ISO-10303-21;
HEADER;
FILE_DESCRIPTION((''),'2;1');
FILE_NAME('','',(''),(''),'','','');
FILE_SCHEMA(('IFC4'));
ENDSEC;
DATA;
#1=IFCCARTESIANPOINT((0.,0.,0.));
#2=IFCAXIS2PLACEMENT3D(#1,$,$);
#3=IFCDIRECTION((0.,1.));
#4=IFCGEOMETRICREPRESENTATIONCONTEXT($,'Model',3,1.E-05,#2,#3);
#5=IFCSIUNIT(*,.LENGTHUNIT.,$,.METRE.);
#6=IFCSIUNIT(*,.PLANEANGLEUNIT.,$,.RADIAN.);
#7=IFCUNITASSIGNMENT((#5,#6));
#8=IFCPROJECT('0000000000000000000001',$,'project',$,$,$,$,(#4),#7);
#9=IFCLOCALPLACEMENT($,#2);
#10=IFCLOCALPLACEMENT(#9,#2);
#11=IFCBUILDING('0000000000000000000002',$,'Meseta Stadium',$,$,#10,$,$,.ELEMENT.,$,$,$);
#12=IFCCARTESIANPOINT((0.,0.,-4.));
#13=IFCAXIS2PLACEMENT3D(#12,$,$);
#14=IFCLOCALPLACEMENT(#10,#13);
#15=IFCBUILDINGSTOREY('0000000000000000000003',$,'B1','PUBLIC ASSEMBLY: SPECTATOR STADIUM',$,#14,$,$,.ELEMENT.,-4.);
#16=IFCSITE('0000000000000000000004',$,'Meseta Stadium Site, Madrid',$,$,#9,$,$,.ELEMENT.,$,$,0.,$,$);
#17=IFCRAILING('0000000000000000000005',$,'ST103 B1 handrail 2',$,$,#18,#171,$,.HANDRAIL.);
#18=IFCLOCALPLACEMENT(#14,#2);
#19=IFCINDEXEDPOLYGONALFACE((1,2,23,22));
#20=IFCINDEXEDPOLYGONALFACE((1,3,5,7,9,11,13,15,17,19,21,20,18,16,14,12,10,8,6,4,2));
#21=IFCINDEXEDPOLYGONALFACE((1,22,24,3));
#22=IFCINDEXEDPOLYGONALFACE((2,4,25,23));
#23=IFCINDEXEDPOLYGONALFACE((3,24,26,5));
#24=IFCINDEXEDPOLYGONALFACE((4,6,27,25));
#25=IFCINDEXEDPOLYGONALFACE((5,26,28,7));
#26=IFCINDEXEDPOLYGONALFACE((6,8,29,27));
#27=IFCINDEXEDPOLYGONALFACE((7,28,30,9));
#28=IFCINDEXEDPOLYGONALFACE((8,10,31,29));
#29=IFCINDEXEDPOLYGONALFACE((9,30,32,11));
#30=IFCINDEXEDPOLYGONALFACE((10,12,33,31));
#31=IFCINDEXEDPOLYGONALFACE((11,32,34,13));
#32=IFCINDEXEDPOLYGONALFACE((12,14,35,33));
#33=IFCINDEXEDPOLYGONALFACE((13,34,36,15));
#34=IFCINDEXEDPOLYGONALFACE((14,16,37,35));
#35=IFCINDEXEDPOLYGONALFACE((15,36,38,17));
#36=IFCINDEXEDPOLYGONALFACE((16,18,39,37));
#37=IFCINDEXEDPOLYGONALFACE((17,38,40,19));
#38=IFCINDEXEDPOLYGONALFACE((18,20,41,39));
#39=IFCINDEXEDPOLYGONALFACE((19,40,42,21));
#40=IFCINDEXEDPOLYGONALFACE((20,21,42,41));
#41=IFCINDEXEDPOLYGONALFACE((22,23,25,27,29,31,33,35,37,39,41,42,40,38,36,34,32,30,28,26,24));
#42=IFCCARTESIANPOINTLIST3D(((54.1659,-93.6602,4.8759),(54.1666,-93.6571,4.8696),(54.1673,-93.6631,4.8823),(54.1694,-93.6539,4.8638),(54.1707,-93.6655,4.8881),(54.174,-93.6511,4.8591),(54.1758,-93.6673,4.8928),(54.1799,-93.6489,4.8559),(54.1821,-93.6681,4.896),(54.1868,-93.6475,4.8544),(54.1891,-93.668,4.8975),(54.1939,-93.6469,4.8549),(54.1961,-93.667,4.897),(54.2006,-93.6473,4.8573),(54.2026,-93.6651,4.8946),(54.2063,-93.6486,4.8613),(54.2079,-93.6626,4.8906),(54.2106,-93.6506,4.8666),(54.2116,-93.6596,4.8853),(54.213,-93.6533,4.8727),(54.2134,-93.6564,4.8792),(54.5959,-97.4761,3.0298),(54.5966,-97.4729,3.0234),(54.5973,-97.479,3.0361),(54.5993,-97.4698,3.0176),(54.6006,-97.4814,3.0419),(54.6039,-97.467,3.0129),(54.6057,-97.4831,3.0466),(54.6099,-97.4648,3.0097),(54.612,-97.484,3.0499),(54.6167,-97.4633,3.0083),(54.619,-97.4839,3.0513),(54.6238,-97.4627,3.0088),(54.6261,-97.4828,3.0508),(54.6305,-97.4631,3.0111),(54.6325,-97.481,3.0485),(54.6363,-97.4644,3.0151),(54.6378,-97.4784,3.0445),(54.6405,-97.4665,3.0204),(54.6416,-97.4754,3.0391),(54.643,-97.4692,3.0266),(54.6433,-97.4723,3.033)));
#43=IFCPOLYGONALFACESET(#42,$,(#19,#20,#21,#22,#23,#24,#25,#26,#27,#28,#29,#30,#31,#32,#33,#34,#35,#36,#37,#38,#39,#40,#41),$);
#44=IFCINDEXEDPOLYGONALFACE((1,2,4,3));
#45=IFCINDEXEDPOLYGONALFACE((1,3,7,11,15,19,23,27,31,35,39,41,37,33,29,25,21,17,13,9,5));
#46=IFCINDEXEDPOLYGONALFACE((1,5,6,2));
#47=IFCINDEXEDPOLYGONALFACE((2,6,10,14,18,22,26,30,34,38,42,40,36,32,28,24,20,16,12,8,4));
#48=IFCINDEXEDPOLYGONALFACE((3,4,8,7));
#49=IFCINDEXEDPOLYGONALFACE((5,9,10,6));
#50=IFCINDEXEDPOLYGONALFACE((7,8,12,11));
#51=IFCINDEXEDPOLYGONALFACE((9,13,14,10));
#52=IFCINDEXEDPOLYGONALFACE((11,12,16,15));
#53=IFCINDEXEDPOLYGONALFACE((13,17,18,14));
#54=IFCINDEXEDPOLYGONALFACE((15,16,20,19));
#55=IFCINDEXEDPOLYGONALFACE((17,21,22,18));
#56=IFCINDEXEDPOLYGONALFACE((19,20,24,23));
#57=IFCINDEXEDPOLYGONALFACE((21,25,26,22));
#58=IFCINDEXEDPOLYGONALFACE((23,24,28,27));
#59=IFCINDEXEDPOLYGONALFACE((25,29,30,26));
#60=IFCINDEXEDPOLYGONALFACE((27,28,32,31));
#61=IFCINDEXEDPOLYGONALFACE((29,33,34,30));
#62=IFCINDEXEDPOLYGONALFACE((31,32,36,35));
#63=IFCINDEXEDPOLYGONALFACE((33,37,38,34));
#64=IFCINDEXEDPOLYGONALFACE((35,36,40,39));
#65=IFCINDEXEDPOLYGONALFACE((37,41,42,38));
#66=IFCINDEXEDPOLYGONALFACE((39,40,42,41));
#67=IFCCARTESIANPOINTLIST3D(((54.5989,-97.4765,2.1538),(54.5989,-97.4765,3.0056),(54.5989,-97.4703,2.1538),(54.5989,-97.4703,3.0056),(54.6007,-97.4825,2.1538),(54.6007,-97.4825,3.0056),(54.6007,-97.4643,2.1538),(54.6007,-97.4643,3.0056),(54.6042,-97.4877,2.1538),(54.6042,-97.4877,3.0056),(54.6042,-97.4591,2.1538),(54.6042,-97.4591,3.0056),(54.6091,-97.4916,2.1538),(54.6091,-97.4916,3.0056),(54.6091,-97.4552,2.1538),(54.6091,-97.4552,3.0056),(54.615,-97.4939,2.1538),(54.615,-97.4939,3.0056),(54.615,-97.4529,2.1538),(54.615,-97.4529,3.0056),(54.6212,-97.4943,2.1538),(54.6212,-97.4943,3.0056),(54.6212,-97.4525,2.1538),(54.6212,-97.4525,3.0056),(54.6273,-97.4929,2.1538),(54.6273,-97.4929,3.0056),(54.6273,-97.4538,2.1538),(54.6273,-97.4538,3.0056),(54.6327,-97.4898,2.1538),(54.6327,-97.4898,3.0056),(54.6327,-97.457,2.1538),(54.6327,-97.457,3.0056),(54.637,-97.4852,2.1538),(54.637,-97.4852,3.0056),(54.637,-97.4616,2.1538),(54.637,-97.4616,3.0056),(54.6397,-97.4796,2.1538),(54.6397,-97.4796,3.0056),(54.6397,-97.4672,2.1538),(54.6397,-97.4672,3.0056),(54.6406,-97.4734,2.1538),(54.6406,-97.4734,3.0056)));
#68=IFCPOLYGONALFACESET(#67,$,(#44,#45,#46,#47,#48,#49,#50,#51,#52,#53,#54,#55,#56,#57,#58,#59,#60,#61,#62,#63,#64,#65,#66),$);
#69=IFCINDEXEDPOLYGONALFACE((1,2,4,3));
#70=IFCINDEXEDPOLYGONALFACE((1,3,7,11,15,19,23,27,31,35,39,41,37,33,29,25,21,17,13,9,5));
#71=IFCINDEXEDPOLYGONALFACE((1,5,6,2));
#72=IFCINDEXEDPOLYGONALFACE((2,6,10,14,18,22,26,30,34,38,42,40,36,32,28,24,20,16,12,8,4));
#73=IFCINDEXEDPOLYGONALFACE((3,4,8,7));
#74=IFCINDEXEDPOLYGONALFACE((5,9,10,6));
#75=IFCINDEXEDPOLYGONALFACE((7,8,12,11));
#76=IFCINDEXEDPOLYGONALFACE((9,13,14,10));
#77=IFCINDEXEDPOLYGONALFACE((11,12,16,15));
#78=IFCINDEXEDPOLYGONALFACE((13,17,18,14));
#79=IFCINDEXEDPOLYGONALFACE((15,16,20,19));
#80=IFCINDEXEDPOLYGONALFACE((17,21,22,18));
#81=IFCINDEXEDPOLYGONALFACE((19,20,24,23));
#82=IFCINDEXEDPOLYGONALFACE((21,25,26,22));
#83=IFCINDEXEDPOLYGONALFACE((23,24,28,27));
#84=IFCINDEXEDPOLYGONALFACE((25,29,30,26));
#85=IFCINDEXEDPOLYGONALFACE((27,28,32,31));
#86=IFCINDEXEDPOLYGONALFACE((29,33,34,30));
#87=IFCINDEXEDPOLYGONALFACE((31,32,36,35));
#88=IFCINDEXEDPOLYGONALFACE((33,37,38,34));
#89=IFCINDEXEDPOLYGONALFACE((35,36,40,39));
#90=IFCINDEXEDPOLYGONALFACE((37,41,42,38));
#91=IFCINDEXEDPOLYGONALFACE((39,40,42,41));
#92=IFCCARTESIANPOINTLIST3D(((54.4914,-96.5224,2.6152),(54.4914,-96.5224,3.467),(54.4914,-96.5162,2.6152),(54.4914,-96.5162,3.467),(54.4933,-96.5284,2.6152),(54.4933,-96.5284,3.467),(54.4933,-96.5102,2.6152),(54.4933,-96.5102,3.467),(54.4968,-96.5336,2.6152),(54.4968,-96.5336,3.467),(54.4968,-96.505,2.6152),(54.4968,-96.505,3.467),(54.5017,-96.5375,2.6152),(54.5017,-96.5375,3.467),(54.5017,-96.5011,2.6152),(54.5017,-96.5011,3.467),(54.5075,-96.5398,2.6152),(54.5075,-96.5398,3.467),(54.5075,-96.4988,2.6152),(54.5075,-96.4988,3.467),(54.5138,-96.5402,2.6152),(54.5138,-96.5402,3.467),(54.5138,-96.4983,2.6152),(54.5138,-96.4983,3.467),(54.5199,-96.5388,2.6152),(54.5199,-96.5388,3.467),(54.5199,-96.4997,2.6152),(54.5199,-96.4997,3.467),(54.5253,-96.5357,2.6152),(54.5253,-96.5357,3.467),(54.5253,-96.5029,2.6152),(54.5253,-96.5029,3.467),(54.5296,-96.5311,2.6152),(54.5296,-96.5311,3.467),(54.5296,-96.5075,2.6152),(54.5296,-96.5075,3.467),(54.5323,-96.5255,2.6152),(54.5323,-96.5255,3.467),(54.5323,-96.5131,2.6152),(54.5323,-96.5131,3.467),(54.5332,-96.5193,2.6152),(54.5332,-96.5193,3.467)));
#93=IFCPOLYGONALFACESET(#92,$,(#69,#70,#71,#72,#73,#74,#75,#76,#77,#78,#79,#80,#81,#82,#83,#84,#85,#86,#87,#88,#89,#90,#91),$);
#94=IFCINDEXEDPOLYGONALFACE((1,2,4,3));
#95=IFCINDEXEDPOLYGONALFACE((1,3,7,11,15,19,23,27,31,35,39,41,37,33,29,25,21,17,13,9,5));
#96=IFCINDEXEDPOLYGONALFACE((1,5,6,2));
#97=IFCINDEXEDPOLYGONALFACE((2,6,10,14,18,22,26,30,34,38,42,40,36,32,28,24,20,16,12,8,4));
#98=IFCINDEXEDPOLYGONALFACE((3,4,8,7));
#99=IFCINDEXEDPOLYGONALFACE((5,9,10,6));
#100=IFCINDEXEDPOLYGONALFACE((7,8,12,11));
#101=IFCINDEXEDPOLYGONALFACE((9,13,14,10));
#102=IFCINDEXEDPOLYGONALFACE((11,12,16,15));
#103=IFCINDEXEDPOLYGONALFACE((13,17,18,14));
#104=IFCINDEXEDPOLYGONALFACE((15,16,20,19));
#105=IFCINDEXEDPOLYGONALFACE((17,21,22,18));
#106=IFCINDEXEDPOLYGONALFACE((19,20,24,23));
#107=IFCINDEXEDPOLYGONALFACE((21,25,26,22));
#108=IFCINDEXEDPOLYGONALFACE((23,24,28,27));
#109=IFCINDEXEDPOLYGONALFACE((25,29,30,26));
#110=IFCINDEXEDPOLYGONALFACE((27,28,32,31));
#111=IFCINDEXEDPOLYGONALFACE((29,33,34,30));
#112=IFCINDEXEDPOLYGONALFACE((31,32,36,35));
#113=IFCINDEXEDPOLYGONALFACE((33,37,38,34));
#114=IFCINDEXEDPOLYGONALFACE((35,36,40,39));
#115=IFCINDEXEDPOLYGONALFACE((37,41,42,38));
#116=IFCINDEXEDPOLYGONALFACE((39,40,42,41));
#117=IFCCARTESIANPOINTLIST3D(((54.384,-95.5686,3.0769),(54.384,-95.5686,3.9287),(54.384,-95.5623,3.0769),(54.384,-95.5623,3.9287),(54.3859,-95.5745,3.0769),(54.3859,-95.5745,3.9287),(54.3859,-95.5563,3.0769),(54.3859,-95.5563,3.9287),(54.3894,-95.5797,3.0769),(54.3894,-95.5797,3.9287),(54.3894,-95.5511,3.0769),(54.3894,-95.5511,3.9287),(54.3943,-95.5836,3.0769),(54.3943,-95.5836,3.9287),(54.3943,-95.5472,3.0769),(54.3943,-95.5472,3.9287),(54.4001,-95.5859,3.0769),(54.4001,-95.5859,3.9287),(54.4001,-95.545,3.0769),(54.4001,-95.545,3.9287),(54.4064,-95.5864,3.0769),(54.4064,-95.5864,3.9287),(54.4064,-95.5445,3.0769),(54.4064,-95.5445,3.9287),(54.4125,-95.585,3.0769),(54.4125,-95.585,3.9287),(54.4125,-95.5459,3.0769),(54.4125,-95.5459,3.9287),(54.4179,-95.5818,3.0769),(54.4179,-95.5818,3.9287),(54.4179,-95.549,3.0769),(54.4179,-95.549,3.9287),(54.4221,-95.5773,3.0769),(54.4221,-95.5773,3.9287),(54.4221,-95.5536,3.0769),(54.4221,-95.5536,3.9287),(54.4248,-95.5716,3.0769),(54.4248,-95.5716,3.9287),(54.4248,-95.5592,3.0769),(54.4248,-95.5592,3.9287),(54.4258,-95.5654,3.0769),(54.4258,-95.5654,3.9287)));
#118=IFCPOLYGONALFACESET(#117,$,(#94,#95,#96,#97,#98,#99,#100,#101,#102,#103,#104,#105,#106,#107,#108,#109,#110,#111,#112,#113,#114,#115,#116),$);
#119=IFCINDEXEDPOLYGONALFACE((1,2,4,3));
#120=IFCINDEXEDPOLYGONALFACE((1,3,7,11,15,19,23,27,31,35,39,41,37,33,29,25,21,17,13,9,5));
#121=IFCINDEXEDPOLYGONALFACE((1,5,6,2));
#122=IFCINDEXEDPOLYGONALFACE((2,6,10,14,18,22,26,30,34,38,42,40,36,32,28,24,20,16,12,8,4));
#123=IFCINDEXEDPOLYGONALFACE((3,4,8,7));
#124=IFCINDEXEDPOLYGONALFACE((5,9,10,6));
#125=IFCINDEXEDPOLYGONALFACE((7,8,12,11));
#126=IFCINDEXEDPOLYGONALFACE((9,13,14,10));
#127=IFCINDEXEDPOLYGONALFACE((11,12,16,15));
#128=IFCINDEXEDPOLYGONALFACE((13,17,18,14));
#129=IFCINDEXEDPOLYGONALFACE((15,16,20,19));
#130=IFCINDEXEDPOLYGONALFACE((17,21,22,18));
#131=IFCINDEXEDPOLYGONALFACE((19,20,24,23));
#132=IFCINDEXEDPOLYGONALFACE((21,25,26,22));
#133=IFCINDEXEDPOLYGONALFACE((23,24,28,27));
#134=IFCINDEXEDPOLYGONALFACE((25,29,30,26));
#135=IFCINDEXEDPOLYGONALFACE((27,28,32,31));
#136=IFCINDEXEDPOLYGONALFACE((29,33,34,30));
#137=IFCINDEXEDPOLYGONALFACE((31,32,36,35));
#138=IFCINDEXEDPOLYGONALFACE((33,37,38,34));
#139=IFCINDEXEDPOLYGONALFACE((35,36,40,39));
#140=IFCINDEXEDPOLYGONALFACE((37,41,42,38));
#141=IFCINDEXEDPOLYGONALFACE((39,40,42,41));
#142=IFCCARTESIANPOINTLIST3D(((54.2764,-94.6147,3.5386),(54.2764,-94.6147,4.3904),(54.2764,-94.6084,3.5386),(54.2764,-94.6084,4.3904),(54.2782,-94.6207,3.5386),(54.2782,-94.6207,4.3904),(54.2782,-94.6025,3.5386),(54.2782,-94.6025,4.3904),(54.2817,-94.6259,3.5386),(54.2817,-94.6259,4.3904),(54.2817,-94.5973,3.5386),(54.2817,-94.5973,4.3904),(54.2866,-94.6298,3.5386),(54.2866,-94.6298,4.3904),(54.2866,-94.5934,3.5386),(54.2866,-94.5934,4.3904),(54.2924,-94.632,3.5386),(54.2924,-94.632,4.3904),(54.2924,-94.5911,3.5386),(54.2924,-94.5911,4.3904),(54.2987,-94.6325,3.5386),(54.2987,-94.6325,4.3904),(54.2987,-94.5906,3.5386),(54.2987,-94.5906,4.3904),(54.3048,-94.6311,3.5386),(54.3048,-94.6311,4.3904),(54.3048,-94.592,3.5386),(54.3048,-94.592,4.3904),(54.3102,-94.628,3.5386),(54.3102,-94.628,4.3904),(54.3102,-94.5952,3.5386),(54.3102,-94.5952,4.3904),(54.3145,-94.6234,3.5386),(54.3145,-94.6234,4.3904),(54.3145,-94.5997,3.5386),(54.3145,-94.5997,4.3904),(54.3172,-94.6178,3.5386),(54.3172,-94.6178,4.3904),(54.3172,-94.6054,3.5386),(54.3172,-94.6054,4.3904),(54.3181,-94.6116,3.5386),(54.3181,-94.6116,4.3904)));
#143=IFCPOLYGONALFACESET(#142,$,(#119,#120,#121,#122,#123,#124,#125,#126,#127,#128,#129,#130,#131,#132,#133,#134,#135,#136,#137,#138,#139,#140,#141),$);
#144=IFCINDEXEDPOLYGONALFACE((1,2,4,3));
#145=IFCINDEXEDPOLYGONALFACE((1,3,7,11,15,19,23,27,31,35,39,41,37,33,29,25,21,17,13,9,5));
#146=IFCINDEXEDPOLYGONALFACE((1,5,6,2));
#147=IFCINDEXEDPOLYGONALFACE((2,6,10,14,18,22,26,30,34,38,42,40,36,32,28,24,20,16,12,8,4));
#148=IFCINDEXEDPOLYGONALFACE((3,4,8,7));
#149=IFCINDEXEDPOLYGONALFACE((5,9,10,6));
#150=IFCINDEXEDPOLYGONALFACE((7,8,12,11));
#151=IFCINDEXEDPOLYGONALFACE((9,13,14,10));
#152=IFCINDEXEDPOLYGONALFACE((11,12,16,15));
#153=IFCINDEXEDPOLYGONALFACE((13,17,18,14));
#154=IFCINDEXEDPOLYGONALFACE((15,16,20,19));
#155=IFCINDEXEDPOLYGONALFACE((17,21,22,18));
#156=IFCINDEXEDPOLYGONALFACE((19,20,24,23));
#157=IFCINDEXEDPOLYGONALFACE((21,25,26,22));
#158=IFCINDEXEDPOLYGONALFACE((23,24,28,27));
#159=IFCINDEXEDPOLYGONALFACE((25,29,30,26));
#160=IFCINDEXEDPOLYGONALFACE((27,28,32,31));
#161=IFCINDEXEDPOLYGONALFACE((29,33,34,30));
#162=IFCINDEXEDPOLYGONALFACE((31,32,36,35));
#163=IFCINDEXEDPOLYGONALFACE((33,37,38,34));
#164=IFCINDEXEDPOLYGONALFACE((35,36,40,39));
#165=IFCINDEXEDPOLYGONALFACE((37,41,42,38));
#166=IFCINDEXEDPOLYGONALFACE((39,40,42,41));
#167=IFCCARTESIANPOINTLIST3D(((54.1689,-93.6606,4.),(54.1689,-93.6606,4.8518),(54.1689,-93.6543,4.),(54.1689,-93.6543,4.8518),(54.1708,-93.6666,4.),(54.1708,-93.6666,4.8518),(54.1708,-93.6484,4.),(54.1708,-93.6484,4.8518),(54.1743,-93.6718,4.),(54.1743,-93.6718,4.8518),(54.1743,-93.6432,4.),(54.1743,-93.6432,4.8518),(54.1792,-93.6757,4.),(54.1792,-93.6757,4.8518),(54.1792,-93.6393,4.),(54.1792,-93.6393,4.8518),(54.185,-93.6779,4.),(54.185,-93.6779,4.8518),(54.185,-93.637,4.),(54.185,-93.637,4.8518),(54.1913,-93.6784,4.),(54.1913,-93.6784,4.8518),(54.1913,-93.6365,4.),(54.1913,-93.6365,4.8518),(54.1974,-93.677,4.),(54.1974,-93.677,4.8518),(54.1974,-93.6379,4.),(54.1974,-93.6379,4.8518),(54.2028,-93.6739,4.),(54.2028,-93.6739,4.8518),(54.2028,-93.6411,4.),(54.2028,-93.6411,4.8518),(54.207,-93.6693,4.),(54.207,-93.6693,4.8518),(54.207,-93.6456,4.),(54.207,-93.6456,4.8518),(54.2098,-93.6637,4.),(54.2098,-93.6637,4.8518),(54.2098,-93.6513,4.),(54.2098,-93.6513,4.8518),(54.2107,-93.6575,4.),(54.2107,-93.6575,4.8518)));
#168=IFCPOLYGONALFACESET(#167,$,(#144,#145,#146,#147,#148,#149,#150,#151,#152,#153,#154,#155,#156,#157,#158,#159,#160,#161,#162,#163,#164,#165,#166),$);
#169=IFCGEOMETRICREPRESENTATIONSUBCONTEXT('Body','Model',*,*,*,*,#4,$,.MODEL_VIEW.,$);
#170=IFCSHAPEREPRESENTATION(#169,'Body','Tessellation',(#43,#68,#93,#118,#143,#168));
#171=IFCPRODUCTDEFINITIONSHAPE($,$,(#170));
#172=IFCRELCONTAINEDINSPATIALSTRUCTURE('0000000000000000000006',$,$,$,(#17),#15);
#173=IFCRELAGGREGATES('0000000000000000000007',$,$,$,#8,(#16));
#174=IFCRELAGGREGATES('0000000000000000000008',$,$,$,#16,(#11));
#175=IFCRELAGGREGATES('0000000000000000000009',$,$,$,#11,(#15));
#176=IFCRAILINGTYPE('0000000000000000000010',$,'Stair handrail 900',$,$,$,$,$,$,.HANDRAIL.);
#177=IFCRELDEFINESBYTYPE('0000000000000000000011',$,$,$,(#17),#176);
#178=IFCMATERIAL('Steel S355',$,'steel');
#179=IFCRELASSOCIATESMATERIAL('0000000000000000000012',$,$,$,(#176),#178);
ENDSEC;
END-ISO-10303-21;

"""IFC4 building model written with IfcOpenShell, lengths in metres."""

from ifc_helpers import new_model, si_unit, direction, frame, origin, origin_2d, place, context, subcontext, project, spatial, circle, extrude, material, type_object, element, save


model = new_model("IFC4")

# Units and contexts
model_context = context("Model", 3, precision=1e-05, world=origin(), true_north=direction((0.0, 1.0)))
body_context = subcontext(model_context, "Body", "Model", "MODEL_VIEW")
ifc_project = project(units=[si_unit("LENGTHUNIT", "METRE"), si_unit("PLANEANGLEUNIT", "RADIAN")], contexts=[model_context])

# Site, building, storey
site_placement = place(None, origin())
site = spatial("IfcSite", under=ifc_project, at=site_placement, Name="Meseta Stadium Site, Madrid", CompositionType="ELEMENT", RefElevation=0.0)
building_placement = place(site_placement, origin())
building = spatial("IfcBuilding", under=site, at=building_placement, Name="Meseta Stadium", CompositionType="ELEMENT")
storey_placement = place(building_placement, frame((0.0, 0.0, -4.0)))
storey = spatial("IfcBuildingStorey", under=building, at=storey_placement, Name="B1", Description="PUBLIC ASSEMBLY: SPECTATOR STADIUM", CompositionType="ELEMENT", Elevation=-4.0)

# Railing
ifc_material_1 = material(Name="Steel S355", Category="steel")
railing_type_1 = type_object("IfcRailingType", Name="Stair handrail 900", PredefinedType="HANDRAIL", material=ifc_material_1)
for number, where, name in (
    (1, (54.6196, -97.4734, 2.1538), "ST103 B1 handrail 2"),
):
    element("IfcRailing", number, at=place(storey_placement, frame(where)), inside=storey, type_object=railing_type_1, Name=name, PredefinedType="HANDRAIL", context=body_context, shape_type="SweptSolid", body=[
        extrude(circle(Radius=0.0239, at=origin_2d()), frame((0.0, 0.0, 0.876), z_axis=(-0.100904, 0.895585, 0.433296), x_axis=(-0.993713, -0.11196, 0.0)), (0.0, 0.0, 1.0), 4.2607),
        extrude(circle(Radius=0.021, at=origin_2d()), origin(), (0.0, 0.0, 1.0), 0.8518),
        extrude(circle(Radius=0.021, at=origin_2d()), frame((-0.1074, 0.9541, 0.4614)), (0.0, 0.0, 1.0), 0.8518),
        extrude(circle(Radius=0.021, at=origin_2d()), frame((-0.2148, 1.908, 0.9231)), (0.0, 0.0, 1.0), 0.8518),
        extrude(circle(Radius=0.021, at=origin_2d()), frame((-0.3225, 2.8618, 1.3848)), (0.0, 0.0, 1.0), 0.8518),
        extrude(circle(Radius=0.021, at=origin_2d()), frame((-0.4299, 3.8159, 1.8462)), (0.0, 0.0, 1.0), 0.8518),
    ])

save(model, "model.ifc")
